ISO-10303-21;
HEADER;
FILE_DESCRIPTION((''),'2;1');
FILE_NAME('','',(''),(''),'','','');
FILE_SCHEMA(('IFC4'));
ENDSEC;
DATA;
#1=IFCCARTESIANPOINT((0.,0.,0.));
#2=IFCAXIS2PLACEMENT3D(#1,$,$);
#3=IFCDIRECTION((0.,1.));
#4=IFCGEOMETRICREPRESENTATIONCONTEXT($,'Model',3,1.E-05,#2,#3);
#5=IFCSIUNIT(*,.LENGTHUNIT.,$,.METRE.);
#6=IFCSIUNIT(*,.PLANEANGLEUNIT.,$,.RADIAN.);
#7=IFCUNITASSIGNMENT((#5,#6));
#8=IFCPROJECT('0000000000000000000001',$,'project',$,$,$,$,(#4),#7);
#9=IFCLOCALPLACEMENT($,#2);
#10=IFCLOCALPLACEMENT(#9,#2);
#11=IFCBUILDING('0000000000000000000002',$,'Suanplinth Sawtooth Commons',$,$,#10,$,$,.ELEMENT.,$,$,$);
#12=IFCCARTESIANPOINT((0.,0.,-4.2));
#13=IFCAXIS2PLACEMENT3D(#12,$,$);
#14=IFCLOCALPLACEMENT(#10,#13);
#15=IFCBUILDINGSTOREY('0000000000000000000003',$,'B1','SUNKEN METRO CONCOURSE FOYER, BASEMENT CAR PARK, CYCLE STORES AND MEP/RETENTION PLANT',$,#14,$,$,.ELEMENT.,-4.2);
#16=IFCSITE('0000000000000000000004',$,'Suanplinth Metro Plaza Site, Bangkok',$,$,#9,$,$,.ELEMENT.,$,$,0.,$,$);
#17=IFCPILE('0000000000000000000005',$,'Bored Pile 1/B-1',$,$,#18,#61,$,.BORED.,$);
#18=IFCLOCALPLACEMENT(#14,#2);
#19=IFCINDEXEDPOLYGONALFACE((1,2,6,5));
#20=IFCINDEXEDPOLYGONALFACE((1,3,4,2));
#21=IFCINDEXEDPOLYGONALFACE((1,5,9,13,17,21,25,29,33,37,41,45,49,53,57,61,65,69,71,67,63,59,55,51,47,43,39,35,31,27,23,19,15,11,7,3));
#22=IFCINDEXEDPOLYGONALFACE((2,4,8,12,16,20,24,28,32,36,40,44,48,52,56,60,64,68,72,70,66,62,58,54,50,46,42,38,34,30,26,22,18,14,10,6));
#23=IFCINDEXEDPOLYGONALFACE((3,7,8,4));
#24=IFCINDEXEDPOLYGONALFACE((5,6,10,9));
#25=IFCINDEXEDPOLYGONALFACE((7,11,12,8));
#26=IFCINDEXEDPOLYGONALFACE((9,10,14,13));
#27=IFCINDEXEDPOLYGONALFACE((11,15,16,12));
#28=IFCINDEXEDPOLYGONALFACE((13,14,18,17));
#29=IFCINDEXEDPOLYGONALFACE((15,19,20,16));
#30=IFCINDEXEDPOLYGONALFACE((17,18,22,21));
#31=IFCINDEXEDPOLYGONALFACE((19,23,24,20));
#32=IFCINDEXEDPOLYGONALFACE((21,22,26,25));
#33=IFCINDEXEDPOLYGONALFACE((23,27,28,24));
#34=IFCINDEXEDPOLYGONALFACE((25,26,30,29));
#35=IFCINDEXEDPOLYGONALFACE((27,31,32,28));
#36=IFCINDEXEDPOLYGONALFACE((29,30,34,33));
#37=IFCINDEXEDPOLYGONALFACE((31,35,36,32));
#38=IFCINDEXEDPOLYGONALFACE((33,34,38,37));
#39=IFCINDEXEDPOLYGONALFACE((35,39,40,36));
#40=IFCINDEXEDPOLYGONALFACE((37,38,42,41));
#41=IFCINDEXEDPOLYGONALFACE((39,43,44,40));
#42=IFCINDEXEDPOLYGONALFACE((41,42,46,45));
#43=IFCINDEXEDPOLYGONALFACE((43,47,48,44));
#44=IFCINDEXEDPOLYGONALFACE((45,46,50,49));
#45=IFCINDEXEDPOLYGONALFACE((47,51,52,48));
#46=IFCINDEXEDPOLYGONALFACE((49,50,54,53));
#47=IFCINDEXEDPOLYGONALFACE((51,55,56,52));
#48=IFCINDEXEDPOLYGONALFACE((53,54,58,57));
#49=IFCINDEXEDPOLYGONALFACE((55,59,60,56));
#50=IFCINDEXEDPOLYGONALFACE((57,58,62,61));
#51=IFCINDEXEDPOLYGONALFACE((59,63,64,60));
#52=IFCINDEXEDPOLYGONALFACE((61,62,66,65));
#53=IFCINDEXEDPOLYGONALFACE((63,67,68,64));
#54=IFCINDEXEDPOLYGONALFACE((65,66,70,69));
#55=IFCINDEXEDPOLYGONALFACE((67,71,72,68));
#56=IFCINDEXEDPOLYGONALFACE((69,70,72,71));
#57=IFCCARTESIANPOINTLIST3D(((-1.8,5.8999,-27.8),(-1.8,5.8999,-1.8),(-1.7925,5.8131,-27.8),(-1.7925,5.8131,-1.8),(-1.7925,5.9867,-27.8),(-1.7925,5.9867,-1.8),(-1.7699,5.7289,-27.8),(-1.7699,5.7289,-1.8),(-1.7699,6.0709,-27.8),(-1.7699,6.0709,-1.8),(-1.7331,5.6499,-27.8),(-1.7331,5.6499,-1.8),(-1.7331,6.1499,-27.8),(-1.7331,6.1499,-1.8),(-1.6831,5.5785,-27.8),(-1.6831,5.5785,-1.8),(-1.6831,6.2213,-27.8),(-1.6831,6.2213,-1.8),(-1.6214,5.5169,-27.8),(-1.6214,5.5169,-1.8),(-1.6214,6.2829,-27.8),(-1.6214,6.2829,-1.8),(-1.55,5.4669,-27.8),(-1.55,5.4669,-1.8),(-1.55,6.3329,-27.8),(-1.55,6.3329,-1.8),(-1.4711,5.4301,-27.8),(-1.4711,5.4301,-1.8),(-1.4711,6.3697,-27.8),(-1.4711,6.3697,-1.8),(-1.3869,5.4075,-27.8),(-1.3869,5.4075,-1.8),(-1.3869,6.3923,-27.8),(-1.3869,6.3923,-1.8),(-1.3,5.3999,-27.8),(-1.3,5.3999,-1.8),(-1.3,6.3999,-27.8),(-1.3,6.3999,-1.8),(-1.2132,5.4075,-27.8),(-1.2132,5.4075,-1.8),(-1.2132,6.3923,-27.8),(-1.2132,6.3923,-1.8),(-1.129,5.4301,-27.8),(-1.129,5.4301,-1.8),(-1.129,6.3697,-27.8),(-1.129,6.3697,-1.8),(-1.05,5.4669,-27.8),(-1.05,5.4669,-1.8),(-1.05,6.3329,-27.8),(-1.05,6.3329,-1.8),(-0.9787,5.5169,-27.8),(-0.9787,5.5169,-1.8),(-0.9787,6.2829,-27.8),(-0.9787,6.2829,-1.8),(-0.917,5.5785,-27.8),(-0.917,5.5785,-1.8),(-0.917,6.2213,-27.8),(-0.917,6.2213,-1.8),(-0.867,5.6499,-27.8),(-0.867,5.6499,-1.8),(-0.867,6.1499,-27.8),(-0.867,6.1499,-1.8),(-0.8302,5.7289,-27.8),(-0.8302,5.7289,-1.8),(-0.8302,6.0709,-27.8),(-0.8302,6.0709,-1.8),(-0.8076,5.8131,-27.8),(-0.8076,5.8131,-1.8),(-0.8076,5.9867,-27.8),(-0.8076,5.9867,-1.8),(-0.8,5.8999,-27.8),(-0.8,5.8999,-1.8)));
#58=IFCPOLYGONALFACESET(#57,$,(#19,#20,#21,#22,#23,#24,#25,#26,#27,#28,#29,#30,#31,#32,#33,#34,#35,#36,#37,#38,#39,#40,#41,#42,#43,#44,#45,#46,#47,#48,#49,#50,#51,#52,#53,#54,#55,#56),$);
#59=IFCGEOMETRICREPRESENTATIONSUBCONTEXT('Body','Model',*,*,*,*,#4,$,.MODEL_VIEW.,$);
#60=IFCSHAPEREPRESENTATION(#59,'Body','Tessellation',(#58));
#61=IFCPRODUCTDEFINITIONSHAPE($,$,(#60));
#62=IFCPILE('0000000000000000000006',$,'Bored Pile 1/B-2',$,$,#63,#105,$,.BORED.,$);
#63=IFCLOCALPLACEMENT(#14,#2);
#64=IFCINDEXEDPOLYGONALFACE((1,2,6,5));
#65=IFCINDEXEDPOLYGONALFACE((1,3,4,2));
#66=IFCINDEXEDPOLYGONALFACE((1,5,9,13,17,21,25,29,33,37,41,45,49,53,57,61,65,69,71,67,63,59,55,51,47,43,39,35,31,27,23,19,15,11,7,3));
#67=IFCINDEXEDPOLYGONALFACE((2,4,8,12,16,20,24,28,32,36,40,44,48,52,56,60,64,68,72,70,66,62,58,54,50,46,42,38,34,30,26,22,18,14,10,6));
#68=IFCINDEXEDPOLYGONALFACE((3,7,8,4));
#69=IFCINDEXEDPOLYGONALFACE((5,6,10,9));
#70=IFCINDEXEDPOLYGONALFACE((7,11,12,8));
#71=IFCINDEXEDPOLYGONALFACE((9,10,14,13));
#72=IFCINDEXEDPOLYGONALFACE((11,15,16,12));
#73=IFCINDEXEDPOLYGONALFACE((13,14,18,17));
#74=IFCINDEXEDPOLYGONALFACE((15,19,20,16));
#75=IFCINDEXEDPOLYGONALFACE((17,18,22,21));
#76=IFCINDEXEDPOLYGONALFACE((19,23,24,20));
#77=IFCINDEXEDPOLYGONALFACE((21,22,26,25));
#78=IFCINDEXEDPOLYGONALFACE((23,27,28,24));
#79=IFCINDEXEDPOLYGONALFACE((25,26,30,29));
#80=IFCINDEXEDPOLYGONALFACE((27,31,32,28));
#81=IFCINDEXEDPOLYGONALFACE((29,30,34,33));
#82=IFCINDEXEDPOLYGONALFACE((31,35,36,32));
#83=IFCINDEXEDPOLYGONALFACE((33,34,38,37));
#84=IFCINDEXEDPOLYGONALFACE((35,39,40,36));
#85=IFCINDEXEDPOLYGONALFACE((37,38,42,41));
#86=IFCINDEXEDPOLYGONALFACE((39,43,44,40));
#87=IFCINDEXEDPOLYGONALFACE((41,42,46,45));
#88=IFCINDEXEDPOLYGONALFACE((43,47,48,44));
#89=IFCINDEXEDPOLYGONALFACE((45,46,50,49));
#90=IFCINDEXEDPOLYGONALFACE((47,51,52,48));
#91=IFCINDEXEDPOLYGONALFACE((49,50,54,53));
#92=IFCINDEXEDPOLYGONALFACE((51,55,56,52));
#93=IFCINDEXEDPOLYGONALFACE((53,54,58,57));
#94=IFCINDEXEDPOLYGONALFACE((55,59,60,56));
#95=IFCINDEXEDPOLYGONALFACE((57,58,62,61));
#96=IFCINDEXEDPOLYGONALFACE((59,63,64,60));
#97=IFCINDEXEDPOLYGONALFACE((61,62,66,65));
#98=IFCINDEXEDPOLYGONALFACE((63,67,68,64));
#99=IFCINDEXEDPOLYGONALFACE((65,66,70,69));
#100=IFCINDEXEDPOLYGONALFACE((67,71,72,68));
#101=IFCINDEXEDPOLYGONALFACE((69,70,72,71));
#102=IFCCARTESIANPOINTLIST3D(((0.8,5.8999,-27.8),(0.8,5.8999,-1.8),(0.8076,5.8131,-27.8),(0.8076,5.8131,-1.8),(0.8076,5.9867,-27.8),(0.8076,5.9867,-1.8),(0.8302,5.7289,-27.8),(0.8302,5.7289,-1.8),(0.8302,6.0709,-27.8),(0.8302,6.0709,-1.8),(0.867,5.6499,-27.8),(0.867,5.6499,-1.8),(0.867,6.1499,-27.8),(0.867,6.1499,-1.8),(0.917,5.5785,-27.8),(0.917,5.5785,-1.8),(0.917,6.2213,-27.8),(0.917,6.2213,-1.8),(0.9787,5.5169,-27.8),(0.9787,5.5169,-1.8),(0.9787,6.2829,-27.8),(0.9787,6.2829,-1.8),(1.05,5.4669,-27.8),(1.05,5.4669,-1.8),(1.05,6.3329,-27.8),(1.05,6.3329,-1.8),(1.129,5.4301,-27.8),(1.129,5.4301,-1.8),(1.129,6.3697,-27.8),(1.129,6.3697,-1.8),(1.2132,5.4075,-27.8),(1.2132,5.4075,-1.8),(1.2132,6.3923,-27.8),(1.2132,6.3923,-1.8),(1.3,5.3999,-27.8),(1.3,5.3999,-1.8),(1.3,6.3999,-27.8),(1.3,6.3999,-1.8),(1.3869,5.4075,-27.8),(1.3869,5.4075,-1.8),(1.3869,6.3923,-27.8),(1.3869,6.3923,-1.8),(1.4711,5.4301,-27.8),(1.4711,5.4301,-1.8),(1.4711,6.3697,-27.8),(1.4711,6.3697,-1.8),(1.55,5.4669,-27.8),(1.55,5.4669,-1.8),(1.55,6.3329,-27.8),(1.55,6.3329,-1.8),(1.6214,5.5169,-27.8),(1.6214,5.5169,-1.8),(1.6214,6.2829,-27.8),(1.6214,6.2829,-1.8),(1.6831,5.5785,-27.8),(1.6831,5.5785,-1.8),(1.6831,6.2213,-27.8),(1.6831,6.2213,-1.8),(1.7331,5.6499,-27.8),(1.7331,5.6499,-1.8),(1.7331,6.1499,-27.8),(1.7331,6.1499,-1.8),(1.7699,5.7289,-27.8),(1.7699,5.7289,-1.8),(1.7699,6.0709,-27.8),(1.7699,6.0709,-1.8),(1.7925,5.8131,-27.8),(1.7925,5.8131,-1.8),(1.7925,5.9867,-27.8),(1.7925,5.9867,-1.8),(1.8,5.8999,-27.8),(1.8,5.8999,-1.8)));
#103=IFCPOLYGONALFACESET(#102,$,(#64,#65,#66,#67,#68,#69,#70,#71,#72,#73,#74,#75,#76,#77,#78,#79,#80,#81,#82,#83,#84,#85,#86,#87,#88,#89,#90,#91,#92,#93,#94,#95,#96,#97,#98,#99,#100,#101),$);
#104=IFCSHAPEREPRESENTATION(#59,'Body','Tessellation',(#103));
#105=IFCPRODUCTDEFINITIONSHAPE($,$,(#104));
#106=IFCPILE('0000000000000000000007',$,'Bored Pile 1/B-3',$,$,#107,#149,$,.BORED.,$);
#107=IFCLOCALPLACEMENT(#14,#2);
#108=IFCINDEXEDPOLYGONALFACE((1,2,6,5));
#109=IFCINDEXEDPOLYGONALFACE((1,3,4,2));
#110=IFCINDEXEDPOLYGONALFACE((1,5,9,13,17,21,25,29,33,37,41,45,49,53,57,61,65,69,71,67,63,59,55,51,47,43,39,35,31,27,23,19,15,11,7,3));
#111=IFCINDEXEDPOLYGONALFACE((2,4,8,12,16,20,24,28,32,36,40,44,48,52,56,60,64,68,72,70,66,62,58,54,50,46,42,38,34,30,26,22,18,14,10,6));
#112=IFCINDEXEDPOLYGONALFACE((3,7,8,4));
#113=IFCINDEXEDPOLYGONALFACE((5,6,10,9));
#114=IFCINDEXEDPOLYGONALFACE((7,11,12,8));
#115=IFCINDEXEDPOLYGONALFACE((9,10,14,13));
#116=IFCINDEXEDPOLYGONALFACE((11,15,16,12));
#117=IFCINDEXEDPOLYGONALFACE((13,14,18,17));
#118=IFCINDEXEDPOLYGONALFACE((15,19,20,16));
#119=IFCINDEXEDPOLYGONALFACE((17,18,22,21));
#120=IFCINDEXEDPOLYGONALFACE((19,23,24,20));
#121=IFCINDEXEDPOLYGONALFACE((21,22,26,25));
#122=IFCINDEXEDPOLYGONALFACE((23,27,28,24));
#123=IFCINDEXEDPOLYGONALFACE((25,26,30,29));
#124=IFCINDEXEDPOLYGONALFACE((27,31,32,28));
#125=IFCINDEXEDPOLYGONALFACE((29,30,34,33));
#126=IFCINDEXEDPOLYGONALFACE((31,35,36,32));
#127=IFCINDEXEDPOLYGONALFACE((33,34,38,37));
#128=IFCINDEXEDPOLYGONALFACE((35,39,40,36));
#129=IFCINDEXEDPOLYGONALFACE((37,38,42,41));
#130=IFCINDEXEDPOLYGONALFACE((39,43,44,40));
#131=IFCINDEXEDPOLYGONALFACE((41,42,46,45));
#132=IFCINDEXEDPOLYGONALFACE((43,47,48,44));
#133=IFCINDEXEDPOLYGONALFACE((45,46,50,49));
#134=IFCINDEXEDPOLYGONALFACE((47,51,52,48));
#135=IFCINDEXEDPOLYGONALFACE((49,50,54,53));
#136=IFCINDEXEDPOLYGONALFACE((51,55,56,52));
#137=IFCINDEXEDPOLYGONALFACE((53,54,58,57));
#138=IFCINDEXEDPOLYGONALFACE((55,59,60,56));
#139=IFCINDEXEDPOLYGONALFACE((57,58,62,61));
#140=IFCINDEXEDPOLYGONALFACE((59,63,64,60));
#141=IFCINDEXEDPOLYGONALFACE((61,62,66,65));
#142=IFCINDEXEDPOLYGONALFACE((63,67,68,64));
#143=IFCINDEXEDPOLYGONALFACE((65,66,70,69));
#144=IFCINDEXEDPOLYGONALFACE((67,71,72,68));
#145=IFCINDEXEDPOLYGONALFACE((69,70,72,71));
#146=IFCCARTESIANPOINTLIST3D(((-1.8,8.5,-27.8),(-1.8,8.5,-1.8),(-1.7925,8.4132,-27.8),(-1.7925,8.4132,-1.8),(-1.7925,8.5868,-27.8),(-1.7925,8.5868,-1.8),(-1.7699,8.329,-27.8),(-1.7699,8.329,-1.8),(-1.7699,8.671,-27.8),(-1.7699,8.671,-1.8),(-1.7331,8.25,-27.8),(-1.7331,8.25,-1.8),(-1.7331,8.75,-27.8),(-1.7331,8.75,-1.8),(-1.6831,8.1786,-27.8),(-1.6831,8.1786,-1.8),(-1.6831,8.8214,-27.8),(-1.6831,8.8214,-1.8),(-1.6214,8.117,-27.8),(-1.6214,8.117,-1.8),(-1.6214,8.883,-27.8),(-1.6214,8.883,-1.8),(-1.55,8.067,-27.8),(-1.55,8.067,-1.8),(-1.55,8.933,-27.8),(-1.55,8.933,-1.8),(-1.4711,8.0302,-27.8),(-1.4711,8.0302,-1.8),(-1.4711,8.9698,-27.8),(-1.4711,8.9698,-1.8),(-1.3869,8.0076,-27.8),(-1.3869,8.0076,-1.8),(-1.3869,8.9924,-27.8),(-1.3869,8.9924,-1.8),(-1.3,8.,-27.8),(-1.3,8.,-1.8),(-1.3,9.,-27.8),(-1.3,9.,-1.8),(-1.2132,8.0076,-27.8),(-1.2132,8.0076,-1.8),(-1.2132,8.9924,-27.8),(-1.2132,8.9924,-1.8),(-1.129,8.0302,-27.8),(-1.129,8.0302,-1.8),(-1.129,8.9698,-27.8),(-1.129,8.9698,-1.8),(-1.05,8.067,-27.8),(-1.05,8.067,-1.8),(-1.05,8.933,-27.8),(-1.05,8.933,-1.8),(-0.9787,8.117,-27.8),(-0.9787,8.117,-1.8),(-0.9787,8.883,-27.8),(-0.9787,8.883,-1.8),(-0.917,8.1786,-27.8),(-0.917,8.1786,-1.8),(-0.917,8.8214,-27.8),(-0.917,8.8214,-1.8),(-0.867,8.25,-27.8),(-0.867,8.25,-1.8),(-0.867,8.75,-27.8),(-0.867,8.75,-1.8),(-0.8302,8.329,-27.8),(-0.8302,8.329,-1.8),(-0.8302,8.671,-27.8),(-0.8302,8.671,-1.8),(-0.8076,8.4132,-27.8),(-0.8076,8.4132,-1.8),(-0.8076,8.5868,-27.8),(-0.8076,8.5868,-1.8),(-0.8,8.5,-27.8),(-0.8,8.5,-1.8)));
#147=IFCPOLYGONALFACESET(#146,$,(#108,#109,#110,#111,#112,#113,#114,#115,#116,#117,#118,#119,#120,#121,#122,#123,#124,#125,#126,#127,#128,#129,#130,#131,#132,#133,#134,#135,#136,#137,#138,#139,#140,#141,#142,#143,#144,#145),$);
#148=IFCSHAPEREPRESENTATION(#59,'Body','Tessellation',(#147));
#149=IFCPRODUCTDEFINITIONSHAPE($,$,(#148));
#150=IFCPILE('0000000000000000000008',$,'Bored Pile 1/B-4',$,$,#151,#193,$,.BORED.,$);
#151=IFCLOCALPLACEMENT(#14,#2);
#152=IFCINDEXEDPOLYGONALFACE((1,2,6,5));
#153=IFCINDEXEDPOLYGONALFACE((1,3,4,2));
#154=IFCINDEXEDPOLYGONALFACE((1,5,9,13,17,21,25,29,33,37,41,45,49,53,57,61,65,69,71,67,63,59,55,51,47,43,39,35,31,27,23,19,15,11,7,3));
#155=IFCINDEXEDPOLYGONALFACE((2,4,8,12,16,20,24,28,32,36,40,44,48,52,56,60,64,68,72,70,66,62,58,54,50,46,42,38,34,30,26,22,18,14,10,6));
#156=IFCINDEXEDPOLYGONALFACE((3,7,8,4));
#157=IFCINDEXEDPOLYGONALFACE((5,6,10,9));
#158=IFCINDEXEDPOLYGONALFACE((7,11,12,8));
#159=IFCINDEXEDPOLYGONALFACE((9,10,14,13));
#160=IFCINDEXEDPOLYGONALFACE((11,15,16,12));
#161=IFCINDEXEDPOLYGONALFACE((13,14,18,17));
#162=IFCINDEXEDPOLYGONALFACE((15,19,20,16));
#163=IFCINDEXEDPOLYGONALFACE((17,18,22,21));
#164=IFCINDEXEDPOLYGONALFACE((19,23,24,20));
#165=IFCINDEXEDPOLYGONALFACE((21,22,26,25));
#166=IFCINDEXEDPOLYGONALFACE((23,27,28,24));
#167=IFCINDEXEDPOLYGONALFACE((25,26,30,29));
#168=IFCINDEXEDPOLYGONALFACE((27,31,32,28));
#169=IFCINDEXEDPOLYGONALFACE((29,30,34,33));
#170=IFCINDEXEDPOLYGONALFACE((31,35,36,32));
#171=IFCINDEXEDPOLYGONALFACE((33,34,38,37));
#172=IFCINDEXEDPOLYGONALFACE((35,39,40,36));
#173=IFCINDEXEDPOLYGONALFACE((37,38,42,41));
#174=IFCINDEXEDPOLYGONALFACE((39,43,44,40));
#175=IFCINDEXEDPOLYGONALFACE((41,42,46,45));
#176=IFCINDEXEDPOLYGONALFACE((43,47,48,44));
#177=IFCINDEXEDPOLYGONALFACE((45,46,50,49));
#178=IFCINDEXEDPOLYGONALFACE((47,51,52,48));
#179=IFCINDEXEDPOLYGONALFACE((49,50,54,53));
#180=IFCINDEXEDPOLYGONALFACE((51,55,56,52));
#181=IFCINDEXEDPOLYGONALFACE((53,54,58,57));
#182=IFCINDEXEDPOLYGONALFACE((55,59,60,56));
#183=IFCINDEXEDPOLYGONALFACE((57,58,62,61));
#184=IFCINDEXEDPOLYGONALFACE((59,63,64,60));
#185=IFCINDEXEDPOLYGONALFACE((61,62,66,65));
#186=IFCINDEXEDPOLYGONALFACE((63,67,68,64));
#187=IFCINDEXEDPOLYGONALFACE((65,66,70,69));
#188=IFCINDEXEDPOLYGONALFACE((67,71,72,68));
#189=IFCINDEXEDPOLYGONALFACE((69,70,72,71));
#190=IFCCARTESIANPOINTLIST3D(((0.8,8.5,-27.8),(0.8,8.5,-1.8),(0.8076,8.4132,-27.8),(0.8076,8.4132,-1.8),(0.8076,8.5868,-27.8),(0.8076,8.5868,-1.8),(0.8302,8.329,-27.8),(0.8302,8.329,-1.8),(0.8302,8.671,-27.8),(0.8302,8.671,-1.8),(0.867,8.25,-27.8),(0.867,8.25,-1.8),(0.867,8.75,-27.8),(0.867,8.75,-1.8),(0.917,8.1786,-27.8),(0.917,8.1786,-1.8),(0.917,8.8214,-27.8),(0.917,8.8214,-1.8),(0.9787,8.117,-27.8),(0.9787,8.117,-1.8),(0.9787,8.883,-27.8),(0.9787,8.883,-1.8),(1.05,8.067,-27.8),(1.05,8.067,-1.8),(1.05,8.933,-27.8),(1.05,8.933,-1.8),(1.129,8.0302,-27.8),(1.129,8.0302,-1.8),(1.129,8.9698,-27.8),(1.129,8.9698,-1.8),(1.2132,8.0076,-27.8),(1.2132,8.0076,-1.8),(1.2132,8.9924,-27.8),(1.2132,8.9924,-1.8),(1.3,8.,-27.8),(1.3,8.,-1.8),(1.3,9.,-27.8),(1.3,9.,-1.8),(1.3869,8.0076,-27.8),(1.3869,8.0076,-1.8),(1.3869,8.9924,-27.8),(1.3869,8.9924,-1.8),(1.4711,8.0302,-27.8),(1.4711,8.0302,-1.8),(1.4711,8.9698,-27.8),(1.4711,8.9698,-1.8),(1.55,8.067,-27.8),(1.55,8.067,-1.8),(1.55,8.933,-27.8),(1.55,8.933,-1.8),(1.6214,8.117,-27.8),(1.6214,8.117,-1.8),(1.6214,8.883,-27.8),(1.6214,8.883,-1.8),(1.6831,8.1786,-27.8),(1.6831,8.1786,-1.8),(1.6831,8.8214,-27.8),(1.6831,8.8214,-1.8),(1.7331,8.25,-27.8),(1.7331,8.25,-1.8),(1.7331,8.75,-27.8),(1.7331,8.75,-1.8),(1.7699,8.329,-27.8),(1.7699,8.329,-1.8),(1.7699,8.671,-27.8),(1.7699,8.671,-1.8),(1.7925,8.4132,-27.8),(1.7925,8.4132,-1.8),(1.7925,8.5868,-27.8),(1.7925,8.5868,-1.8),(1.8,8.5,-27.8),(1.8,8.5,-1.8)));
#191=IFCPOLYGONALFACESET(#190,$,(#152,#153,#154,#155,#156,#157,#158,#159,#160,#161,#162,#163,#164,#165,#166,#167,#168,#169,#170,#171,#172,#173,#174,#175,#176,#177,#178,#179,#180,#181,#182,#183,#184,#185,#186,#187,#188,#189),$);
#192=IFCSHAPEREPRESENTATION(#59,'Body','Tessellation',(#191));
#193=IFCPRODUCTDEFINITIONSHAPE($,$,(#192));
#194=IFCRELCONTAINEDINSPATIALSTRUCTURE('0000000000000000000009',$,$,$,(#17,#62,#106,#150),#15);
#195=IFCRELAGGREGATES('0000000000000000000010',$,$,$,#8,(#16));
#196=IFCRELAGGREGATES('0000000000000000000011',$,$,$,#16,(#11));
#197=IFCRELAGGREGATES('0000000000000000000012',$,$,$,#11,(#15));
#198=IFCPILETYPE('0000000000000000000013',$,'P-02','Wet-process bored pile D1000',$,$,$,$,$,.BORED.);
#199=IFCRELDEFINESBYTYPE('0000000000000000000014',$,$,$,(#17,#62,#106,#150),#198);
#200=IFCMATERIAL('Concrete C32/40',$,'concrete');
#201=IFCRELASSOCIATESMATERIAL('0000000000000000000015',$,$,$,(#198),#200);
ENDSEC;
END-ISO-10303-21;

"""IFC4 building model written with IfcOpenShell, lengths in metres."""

from ifc_helpers import new_model, si_unit, direction, frame, origin, origin_2d, place, context, subcontext, project, spatial, circle, extrude, material, material_profile, profile_set, type_object, element, save


model = new_model("IFC4")

# Units and contexts
model_context = context("Model", 3, precision=1e-05, world=origin(), true_north=direction((0.0, 1.0)))
body_context = subcontext(model_context, "Body", "Model", "MODEL_VIEW")
ifc_project = project(units=[si_unit("LENGTHUNIT", "METRE"), si_unit("PLANEANGLEUNIT", "RADIAN")], contexts=[model_context])

# Site, building, storey
site_placement = place(None, origin())
site = spatial("IfcSite", under=ifc_project, at=site_placement, Name="Suanplinth Metro Plaza Site, Bangkok", CompositionType="ELEMENT", RefElevation=0.0)
building_placement = place(site_placement, origin())
building = spatial("IfcBuilding", under=site, at=building_placement, Name="Suanplinth Sawtooth Commons", CompositionType="ELEMENT")
storey_placement = place(building_placement, frame((0.0, 0.0, -4.2)))
storey = spatial("IfcBuildingStorey", under=building, at=storey_placement, Name="B1", Description="SUNKEN METRO CONCOURSE FOYER, BASEMENT CAR PARK, CYCLE STORES AND MEP/RETENTION PLANT", CompositionType="ELEMENT", Elevation=-4.2)

# Piles
ifc_material_1 = material(Name="Concrete C32/40", Category="concrete")
ifc_material_profile_1 = material_profile(ifc_material_1, circle(Radius=0.5, at=origin_2d()), Name="PILE D1000")
ifc_profile_set_1 = profile_set([ifc_material_profile_1], Name="Concrete C32/40")
pile_type = type_object("IfcPileType", Name="P-02", Description="Wet-process bored pile D1000", PredefinedType="BORED", material=ifc_profile_set_1)
for number, where, z_axis, x_axis, name in (
    (1, (-1.3, 5.8999, -1.8), (0.0, 0.0, -1.0), (1.0, 0.0, 0.0), "Bored Pile 1/B-1"),
    (2, (1.3, 5.8999, -1.8), (0.0, 0.0, -1.0), (1.0, 0.0, 0.0), "Bored Pile 1/B-2"),
    (3, (-1.3, 8.5, -1.8), (0.0, 0.0, -1.0), (1.0, 0.0, 0.0), "Bored Pile 1/B-3"),
    (4, (1.3, 8.5, -1.8), (0.0, 0.0, -1.0), (1.0, 0.0, 0.0), "Bored Pile 1/B-4"),
):
    element("IfcPile", number, at=place(storey_placement, frame(where, z_axis=z_axis, x_axis=x_axis)), inside=storey, type_object=pile_type, Name=name, PredefinedType="BORED", context=body_context, shape_type="SweptSolid", body=[
        extrude(circle(Radius=0.5, at=origin_2d()), origin(), (0.0, 0.0, 1.0), 26.0),
    ])

save(model, "model.ifc")
